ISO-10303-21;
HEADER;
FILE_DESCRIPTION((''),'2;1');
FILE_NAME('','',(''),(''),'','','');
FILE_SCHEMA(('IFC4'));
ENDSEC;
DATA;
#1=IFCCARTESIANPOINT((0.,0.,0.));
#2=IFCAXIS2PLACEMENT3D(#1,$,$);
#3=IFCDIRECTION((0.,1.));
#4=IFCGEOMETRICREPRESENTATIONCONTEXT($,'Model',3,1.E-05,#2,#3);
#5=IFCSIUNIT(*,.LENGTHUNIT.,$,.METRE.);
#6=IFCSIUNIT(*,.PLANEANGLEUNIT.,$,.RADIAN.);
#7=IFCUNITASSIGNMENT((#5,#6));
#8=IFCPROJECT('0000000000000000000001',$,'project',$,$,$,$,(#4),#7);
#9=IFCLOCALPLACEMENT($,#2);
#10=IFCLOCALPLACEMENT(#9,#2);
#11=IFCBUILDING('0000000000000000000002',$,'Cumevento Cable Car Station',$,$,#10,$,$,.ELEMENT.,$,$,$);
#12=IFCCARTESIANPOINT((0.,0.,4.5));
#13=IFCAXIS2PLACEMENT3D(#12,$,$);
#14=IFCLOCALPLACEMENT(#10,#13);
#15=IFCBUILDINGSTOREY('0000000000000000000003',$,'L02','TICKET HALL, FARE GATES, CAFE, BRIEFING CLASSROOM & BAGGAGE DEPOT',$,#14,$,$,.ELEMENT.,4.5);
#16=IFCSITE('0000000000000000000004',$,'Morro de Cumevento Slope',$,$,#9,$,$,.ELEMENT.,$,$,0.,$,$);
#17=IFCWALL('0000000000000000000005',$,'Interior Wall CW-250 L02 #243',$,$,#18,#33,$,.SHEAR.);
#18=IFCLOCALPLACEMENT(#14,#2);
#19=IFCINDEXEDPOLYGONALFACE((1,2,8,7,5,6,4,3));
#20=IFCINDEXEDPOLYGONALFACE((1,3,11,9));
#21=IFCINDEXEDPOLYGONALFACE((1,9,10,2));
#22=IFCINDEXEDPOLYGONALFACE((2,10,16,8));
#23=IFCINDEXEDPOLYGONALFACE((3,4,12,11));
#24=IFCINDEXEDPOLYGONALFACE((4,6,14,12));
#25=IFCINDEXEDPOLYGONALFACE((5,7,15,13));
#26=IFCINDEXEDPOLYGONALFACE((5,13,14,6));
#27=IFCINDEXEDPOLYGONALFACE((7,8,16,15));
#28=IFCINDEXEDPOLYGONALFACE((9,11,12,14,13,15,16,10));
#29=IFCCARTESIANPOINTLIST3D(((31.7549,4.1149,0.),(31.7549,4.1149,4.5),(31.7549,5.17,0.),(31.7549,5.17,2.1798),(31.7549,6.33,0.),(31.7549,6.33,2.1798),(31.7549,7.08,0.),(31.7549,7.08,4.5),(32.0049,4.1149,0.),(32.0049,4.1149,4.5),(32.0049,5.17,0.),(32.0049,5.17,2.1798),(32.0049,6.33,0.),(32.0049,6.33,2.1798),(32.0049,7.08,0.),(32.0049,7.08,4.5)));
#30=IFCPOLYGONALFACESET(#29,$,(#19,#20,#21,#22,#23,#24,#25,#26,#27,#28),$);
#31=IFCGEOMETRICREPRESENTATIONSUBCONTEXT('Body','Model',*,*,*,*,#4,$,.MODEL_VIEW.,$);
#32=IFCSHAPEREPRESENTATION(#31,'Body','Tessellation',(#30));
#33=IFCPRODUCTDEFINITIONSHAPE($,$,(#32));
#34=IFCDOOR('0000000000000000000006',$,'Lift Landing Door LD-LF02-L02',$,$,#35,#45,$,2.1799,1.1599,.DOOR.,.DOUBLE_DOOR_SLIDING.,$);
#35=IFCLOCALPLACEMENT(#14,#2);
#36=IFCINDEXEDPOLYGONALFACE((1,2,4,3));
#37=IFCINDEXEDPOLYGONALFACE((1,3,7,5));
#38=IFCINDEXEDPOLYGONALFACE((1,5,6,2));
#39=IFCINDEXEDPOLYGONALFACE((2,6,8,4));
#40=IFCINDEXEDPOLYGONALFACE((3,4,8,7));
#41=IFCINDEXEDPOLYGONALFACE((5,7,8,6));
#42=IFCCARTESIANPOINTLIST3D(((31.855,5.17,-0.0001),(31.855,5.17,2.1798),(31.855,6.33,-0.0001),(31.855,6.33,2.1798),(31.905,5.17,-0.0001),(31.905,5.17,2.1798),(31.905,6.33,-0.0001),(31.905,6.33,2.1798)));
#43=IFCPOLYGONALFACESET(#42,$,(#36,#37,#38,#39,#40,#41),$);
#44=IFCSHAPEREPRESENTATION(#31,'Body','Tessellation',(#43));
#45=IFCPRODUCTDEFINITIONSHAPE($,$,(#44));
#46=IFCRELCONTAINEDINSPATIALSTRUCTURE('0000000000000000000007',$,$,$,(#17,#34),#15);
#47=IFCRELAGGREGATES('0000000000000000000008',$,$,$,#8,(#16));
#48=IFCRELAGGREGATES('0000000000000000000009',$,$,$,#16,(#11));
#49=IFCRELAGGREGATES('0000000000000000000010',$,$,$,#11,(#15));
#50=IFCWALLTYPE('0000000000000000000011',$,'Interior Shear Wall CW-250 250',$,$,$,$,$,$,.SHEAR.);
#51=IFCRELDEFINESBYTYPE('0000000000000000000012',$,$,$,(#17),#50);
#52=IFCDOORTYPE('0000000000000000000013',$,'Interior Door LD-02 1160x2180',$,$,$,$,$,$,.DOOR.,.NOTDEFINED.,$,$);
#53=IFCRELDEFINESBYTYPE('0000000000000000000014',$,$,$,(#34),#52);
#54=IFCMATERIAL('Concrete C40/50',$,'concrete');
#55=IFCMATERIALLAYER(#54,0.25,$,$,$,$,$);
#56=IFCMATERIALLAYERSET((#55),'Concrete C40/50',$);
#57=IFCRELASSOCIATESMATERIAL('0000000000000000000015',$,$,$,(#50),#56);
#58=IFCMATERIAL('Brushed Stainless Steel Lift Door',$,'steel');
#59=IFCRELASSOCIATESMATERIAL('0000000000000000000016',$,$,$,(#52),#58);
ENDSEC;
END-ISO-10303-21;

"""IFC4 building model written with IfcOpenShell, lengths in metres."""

from ifc_helpers import new_model, si_unit, direction, frame, frame_2d, origin, place, context, subcontext, project, spatial, rectangle, extrude, material, layer, layer_set, type_object, element, fill, save


model = new_model("IFC4")

# Units and contexts
model_context = context("Model", 3, precision=1e-05, world=origin(), true_north=direction((0.0, 1.0)))
body_context = subcontext(model_context, "Body", "Model", "MODEL_VIEW")
ifc_project = project(units=[si_unit("LENGTHUNIT", "METRE"), si_unit("PLANEANGLEUNIT", "RADIAN")], contexts=[model_context])

# Site, building, storey
site_placement = place(None, origin())
site = spatial("IfcSite", under=ifc_project, at=site_placement, Name="Morro de Cumevento Slope", CompositionType="ELEMENT", RefElevation=0.0)
building_placement = place(site_placement, origin())
building = spatial("IfcBuilding", under=site, at=building_placement, Name="Cumevento Cable Car Station", CompositionType="ELEMENT")
storey_placement = place(building_placement, frame((0.0, 0.0, 4.5)))
storey = spatial("IfcBuildingStorey", under=building, at=storey_placement, Name="L02", Description="TICKET HALL, FARE GATES, CAFE, BRIEFING CLASSROOM & BAGGAGE DEPOT", CompositionType="ELEMENT", Elevation=4.5)

# Wall, opening, door
ifc_material_1 = material(Name="Concrete C40/50", Category="concrete")
ifc_layer_1 = layer(ifc_material_1, 0.25)
ifc_layer_set_1 = layer_set([ifc_layer_1], Name="Concrete C40/50")
wall_type_1 = type_object("IfcWallType", Name="Interior Shear Wall CW-250 250", PredefinedType="SHEAR", material=ifc_layer_set_1)
wall_1_placement = place(storey_placement, frame((31.8799, 4.115, 0.0), z_axis=(0.0, 0.0, 1.0), x_axis=(0.0, 1.0, 0.0)))
wall_1 = element("IfcWall", 1, at=wall_1_placement, inside=storey, type_object=wall_type_1, Name="Interior Wall CW-250 L02 #243", PredefinedType="SHEAR", context=body_context, shape_type="SweptSolid", body=[
    extrude(rectangle(XDim=2.9651, YDim=0.25, at=frame_2d((1.4824, 0.0))), origin(), (0.0, 0.0, 1.0), 4.5),
])
opening_1_placement = place(wall_1_placement, frame((1.0549, 0.0, 0.0)))
opening_1 = element("IfcOpeningElement", 2, at=opening_1_placement, cuts=wall_1, PredefinedType="OPENING", context=body_context, shape_type="SweptSolid", body=[
    extrude(rectangle(XDim=1.1599, YDim=2.1799, at=frame_2d((0.5801, 1.0898))), frame((0.0, 0.135, 0.0), z_axis=(0.0, -1.0, 0.0), x_axis=(1.0, 0.0, 0.0)), (0.0, 0.0, 1.0), 0.27),
])
ifc_material_2 = material(Name="Brushed Stainless Steel Lift Door", Category="steel")
door_type_1 = type_object("IfcDoorType", Name="Interior Door LD-02 1160x2180", OperationType="NOTDEFINED", PredefinedType="DOOR", material=ifc_material_2)
door_1_placement = place(opening_1_placement, origin())
door_1 = element("IfcDoor", 3, at=door_1_placement, inside=storey, type_object=door_type_1, Name="Lift Landing Door LD-LF02-L02", OperationType="DOUBLE_DOOR_SLIDING", OverallHeight=2.1799, OverallWidth=1.1599, PredefinedType="DOOR", context=body_context, shape_type="SweptSolid", body=[
    extrude(rectangle(XDim=1.1599, YDim=2.1799, at=frame_2d((0.5801, 1.0898))), frame((0.0, 0.0249, 0.0), z_axis=(0.0, -1.0, 0.0), x_axis=(1.0, 0.0, 0.0)), (0.0, 0.0, 1.0), 0.05),
])
fill(opening_1, door_1)

save(model, "model.ifc")
